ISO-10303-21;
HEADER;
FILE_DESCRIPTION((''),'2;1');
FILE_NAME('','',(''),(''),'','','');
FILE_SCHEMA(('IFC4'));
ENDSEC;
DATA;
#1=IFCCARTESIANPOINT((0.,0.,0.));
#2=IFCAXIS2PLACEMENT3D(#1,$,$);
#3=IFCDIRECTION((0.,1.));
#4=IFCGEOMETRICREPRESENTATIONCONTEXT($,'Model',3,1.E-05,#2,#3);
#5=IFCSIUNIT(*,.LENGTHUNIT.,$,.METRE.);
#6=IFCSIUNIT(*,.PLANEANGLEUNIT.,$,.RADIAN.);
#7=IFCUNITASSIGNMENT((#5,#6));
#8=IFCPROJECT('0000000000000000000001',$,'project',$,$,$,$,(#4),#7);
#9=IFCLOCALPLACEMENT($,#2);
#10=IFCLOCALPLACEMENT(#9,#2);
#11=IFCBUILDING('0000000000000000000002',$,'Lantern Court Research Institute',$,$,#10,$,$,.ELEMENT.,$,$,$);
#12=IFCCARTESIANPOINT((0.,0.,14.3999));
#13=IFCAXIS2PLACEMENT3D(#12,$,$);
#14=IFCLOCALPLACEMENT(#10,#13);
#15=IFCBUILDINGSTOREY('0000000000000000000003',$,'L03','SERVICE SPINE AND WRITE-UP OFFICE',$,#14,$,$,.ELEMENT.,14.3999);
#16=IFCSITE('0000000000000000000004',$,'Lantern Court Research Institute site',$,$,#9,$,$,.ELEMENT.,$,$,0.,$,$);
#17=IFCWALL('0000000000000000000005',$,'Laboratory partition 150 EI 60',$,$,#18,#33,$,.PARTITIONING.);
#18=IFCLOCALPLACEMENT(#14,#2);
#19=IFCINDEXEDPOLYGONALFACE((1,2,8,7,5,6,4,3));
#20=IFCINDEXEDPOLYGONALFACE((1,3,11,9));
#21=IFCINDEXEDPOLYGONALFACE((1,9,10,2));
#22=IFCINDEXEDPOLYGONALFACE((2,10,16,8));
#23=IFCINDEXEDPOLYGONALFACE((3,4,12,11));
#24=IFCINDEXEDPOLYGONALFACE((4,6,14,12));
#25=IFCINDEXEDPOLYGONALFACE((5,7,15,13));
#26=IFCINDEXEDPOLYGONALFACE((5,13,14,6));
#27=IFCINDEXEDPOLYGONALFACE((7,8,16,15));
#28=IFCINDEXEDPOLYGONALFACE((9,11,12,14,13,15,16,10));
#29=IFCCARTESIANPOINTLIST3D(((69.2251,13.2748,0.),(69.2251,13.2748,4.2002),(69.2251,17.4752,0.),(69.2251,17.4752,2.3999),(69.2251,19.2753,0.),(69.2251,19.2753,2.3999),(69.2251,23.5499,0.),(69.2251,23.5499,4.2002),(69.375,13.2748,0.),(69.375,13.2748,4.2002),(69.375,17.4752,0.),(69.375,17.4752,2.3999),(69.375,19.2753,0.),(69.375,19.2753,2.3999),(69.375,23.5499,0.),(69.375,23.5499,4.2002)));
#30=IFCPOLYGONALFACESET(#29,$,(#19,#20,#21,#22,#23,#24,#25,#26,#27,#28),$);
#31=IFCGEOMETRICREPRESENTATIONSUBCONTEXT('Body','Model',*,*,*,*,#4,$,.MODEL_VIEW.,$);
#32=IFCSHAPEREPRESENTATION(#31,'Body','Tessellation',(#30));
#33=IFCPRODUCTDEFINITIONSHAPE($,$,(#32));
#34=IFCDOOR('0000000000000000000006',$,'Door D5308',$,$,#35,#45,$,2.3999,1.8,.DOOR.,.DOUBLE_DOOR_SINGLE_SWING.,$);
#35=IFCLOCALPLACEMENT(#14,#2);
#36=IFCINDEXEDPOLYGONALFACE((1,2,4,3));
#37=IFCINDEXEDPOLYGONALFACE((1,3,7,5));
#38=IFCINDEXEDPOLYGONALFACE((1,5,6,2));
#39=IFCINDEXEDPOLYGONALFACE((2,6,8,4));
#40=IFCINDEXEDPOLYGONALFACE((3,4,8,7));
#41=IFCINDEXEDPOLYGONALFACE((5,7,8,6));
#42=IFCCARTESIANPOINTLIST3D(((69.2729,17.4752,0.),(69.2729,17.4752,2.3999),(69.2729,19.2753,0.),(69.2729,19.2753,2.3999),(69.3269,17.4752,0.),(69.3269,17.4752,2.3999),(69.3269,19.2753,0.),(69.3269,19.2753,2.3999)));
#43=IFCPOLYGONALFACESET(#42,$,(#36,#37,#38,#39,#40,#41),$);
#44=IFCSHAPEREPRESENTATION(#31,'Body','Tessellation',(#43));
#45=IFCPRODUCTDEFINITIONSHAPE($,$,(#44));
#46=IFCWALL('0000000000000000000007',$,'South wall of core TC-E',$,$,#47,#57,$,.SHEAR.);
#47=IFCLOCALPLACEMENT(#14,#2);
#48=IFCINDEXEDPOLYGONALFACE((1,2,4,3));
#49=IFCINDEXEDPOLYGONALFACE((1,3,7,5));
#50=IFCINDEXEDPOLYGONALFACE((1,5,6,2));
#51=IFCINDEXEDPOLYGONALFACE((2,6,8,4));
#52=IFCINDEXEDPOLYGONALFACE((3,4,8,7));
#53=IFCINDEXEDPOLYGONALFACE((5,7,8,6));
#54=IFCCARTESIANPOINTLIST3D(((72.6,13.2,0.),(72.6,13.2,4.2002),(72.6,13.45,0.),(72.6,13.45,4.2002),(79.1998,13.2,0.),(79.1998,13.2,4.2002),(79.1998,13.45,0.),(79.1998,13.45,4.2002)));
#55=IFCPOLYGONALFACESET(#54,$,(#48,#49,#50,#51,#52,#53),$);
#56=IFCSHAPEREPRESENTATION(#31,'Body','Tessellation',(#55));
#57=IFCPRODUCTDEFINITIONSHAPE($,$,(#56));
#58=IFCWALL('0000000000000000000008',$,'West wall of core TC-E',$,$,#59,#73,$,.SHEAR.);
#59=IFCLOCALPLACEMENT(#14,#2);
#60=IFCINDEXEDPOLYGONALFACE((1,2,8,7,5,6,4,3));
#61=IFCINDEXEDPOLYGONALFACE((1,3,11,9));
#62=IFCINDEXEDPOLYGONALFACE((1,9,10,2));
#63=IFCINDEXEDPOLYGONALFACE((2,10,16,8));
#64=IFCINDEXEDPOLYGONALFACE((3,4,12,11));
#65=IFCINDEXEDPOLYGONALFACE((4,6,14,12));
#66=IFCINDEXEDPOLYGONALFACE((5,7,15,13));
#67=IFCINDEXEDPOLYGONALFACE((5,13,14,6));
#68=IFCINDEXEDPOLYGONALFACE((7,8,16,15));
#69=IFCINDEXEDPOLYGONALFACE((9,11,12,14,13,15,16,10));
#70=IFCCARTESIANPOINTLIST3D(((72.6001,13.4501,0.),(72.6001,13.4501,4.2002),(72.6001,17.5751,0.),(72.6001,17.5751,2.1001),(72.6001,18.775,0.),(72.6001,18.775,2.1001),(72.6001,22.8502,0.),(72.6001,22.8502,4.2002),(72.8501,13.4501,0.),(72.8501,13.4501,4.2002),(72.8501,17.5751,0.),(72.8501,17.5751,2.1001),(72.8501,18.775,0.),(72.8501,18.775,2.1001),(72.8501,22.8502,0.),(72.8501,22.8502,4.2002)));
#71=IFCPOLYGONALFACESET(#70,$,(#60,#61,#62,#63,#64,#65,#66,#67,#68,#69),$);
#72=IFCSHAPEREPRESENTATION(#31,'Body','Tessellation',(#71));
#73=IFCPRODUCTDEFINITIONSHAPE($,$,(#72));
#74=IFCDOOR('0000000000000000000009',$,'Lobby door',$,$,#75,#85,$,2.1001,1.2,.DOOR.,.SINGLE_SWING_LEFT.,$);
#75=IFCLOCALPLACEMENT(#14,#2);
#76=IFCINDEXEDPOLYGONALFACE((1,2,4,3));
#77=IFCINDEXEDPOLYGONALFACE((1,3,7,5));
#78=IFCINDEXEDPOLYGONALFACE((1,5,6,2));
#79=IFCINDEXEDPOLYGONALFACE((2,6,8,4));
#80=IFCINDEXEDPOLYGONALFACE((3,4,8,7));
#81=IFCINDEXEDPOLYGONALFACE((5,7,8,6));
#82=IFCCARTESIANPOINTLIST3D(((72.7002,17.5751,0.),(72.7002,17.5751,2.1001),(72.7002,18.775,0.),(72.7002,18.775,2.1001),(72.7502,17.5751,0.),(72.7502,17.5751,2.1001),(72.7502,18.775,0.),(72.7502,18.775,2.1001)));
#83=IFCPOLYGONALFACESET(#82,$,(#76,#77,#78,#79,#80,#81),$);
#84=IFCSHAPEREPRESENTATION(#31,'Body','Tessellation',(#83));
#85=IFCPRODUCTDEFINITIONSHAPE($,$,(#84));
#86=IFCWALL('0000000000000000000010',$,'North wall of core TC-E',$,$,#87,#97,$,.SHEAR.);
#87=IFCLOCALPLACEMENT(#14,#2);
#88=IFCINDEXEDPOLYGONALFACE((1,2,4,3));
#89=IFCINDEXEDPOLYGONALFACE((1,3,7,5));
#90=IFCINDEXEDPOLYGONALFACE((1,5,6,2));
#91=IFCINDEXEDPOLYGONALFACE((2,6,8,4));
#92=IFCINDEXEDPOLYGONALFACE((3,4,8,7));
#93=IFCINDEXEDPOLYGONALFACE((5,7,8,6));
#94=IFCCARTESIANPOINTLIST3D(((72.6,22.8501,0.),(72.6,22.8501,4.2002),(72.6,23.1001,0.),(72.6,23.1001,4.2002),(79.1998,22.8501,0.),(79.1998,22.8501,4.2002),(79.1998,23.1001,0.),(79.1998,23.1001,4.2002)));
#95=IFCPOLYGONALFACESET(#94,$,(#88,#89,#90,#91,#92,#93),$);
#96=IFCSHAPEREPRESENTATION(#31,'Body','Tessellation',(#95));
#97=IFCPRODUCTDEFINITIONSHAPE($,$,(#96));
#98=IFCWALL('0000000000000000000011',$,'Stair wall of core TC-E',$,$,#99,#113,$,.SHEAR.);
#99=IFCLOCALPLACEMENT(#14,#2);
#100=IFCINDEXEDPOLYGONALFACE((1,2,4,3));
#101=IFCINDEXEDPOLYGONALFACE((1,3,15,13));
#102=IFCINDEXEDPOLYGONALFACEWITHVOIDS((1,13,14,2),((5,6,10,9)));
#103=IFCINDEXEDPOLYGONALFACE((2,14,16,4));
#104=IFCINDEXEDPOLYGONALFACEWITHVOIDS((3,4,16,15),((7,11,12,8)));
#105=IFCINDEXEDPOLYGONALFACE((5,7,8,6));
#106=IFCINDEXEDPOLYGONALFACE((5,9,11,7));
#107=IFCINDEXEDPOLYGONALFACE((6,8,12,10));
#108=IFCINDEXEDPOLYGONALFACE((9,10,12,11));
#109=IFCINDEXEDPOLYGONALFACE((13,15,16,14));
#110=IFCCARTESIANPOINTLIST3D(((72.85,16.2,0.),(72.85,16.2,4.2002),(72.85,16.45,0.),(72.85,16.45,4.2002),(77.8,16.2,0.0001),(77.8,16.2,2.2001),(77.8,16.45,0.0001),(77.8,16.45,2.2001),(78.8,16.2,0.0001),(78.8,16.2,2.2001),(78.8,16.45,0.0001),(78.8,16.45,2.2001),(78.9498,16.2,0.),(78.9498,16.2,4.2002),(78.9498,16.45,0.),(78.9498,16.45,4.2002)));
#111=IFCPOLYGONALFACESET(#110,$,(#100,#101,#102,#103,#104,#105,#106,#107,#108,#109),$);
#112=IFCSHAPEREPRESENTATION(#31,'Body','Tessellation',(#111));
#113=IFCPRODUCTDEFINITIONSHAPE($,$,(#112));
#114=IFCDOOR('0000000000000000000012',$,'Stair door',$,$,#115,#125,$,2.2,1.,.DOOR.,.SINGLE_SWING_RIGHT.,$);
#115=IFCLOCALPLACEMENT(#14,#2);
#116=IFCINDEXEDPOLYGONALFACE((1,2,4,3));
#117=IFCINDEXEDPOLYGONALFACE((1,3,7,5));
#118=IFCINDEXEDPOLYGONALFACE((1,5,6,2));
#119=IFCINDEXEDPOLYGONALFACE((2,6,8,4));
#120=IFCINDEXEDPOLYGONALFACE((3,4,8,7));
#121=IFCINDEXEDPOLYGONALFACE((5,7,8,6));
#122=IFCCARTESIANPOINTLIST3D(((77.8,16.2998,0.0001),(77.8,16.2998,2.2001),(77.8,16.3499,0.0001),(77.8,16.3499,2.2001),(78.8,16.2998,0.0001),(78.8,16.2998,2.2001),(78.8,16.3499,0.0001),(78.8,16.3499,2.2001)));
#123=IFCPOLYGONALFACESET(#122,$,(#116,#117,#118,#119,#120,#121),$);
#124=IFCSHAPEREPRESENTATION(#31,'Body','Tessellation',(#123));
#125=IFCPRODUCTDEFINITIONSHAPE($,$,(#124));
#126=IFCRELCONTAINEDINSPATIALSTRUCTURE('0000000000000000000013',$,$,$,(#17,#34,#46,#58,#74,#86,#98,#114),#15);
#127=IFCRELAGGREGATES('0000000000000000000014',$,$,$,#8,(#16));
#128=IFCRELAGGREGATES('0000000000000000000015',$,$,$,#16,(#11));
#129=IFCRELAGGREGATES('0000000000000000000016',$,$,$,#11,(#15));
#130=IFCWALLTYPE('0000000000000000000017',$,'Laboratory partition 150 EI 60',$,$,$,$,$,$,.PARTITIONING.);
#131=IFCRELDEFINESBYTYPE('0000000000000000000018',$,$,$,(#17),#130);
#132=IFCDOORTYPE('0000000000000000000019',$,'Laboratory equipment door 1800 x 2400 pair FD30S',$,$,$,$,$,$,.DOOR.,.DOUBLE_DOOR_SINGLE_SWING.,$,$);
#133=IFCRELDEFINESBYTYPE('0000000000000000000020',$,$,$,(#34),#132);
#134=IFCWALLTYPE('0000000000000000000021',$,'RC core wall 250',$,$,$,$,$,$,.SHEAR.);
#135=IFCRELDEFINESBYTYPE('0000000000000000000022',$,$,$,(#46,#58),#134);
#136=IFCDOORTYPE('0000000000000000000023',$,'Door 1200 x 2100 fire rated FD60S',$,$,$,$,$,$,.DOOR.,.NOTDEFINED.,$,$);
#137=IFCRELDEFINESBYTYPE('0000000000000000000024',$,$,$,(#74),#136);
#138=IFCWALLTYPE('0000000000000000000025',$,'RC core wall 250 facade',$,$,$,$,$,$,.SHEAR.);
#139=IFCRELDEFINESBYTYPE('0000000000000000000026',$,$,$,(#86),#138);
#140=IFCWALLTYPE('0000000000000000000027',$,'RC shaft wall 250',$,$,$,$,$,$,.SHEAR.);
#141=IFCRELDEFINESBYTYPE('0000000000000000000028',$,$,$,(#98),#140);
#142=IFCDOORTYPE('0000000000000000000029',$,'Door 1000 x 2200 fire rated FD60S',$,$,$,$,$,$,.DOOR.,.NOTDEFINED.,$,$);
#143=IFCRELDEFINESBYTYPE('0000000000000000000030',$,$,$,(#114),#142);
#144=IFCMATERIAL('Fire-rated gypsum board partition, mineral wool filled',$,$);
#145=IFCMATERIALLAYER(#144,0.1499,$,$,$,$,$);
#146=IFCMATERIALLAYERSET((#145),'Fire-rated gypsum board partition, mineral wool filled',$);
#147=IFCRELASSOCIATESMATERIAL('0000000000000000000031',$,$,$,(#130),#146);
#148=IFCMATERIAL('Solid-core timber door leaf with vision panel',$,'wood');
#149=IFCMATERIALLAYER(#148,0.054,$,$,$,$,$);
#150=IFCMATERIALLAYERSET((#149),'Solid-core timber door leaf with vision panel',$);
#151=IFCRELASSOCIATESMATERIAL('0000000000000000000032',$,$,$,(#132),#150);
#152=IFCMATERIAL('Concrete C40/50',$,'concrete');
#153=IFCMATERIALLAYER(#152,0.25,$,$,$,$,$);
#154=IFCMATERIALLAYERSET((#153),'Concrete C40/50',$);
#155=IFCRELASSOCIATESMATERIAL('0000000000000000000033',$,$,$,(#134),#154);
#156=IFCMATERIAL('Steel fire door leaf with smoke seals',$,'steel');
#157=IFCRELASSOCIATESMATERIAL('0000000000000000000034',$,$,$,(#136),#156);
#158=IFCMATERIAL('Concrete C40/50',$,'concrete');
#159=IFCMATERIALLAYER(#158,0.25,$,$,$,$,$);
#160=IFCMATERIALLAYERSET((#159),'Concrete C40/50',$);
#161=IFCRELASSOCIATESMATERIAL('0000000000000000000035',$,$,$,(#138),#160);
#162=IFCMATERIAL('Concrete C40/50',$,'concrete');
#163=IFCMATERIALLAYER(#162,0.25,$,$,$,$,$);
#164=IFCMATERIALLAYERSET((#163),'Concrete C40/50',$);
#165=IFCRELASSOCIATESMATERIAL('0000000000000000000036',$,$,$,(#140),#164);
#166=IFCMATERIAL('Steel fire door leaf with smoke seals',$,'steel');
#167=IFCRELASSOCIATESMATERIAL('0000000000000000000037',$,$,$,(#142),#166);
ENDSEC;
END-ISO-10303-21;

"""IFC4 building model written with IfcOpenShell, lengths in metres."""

from ifc_helpers import new_model, si_unit, direction, frame, frame_2d, origin, place, context, subcontext, project, spatial, rectangle, extrude, material, layer, layer_set, type_object, element, fill, save


model = new_model("IFC4")

# Units and contexts
model_context = context("Model", 3, precision=1e-05, world=origin(), true_north=direction((0.0, 1.0)))
body_context = subcontext(model_context, "Body", "Model", "MODEL_VIEW")
ifc_project = project(units=[si_unit("LENGTHUNIT", "METRE"), si_unit("PLANEANGLEUNIT", "RADIAN")], contexts=[model_context])

# Site, building, storey
site_placement = place(None, origin())
site = spatial("IfcSite", under=ifc_project, at=site_placement, Name="Lantern Court Research Institute site", CompositionType="ELEMENT", RefElevation=0.0)
building_placement = place(site_placement, origin())
building = spatial("IfcBuilding", under=site, at=building_placement, Name="Lantern Court Research Institute", CompositionType="ELEMENT")
storey_placement = place(building_placement, frame((0.0, 0.0, 14.3999)))
storey = spatial("IfcBuildingStorey", under=building, at=storey_placement, Name="L03", Description="SERVICE SPINE AND WRITE-UP OFFICE", CompositionType="ELEMENT", Elevation=14.3999)

# Shared definitions
ifc_material_1 = material(Name="Fire-rated gypsum board partition, mineral wool filled")
ifc_layer_1 = layer(ifc_material_1, 0.1499)
ifc_layer_set_1 = layer_set([ifc_layer_1], Name="Fire-rated gypsum board partition, mineral wool filled")
wall_type_1 = type_object("IfcWallType", Name="Laboratory partition 150 EI 60", PredefinedType="PARTITIONING", material=ifc_layer_set_1)

# Wall, opening, door
wall_1_placement = place(storey_placement, frame((69.3, 23.55, 0.0), z_axis=(0.0, 0.0, 1.0), x_axis=(0.0, -1.0, 0.0)))
wall_1 = element("IfcWall", 1, at=wall_1_placement, inside=storey, type_object=wall_type_1, Name="Laboratory partition 150 EI 60", PredefinedType="PARTITIONING", context=body_context, shape_type="SweptSolid", body=[
    extrude(rectangle(XDim=10.2751, YDim=0.1499, at=frame_2d((5.1377, 0.0))), origin(), (0.0, 0.0, 1.0), 4.2002),
])
opening_1_placement = place(wall_1_placement, frame((4.2749, 0.0, 0.0)))
opening_1 = element("IfcOpeningElement", 2, at=opening_1_placement, cuts=wall_1, PredefinedType="OPENING", context=body_context, shape_type="SweptSolid", body=[
    extrude(rectangle(XDim=1.8, YDim=2.3999, at=frame_2d((0.8999, 1.2))), frame((0.0, 0.085, 0.0), z_axis=(0.0, -1.0, 0.0), x_axis=(1.0, 0.0, 0.0)), (0.0, 0.0, 1.0), 0.1699),
])
ifc_material_2 = material(Name="Solid-core timber door leaf with vision panel", Category="wood")
ifc_layer_2 = layer(ifc_material_2, 0.054)
ifc_layer_set_2 = layer_set([ifc_layer_2], Name="Solid-core timber door leaf with vision panel")
door_type_1 = type_object("IfcDoorType", Name="Laboratory equipment door 1800 x 2400 pair FD30S", OperationType="DOUBLE_DOOR_SINGLE_SWING", PredefinedType="DOOR", material=ifc_layer_set_2)
door_1_placement = place(opening_1_placement, origin())
door_1 = element("IfcDoor", 3, at=door_1_placement, inside=storey, type_object=door_type_1, Name="Door D5308", OperationType="DOUBLE_DOOR_SINGLE_SWING", OverallHeight=2.3999, OverallWidth=1.8, PredefinedType="DOOR", context=body_context, shape_type="SweptSolid", body=[
    extrude(rectangle(XDim=1.8, YDim=2.3999, at=frame_2d((0.8999, 1.2))), frame((0.0, 0.0269, 0.0), z_axis=(0.0, -1.0, 0.0), x_axis=(1.0, 0.0, 0.0)), (0.0, 0.0, 1.0), 0.054),
])
fill(opening_1, door_1)

# Wall
ifc_material_3 = material(Name="Concrete C40/50", Category="concrete")
ifc_layer_3 = layer(ifc_material_3, 0.25)
ifc_layer_set_3 = layer_set([ifc_layer_3], Name="Concrete C40/50")
wall_type_2 = type_object("IfcWallType", Name="RC core wall 250", PredefinedType="SHEAR", material=ifc_layer_set_3)
wall_2_placement = place(storey_placement, frame((72.6001, 13.325, 0.0), z_axis=(0.0, 0.0, 1.0), x_axis=(1.0, 0.0, 0.0)))
element("IfcWall", 4, at=wall_2_placement, inside=storey, type_object=wall_type_2, Name="South wall of core TC-E", PredefinedType="SHEAR", context=body_context, shape_type="SweptSolid", body=[
    extrude(rectangle(XDim=6.5999, YDim=0.25, at=frame_2d((3.2998, 0.0))), origin(), (0.0, 0.0, 1.0), 4.2002),
])

# Wall, opening, door
wall_3_placement = place(storey_placement, frame((72.7251, 13.45, 0.0), z_axis=(0.0, 0.0, 1.0), x_axis=(0.0, 1.0, 0.0)))
wall_3 = element("IfcWall", 5, at=wall_3_placement, inside=storey, type_object=wall_type_2, Name="West wall of core TC-E", PredefinedType="SHEAR", context=body_context, shape_type="SweptSolid", body=[
    extrude(rectangle(XDim=9.4001, YDim=0.25, at=frame_2d((4.7002, 0.0))), origin(), (0.0, 0.0, 1.0), 4.2002),
])
opening_2_placement = place(wall_3_placement, frame((4.125, 0.0, 0.0)))
opening_2 = element("IfcOpeningElement", 6, at=opening_2_placement, cuts=wall_3, PredefinedType="OPENING", context=body_context, shape_type="SweptSolid", body=[
    extrude(rectangle(XDim=1.2, YDim=2.1001, at=frame_2d((0.6001, 1.05))), frame((0.0, 0.135, 0.0), z_axis=(0.0, -1.0, 0.0), x_axis=(1.0, 0.0, 0.0)), (0.0, 0.0, 1.0), 0.27),
])
ifc_material_4 = material(Name="Steel fire door leaf with smoke seals", Category="steel")
door_type_2 = type_object("IfcDoorType", Name="Door 1200 x 2100 fire rated FD60S", OperationType="NOTDEFINED", PredefinedType="DOOR", material=ifc_material_4)
door_2_placement = place(opening_2_placement, origin())
door_2 = element("IfcDoor", 7, at=door_2_placement, inside=storey, type_object=door_type_2, Name="Lobby door", OperationType="SINGLE_SWING_LEFT", OverallHeight=2.1001, OverallWidth=1.2, PredefinedType="DOOR", context=body_context, shape_type="SweptSolid", body=[
    extrude(rectangle(XDim=1.2, YDim=2.1001, at=frame_2d((0.6001, 1.05))), frame((0.0, 0.0249, 0.0), z_axis=(0.0, -1.0, 0.0), x_axis=(1.0, 0.0, 0.0)), (0.0, 0.0, 1.0), 0.05),
])
fill(opening_2, door_2)

# Wall
ifc_material_5 = material(Name="Concrete C40/50", Category="concrete")
ifc_layer_4 = layer(ifc_material_5, 0.25)
ifc_layer_set_4 = layer_set([ifc_layer_4], Name="Concrete C40/50")
wall_type_3 = type_object("IfcWallType", Name="RC core wall 250 facade", PredefinedType="SHEAR", material=ifc_layer_set_4)
wall_4_placement = place(storey_placement, frame((72.6001, 22.9751, 0.0), z_axis=(0.0, 0.0, 1.0), x_axis=(1.0, 0.0, 0.0)))
element("IfcWall", 8, at=wall_4_placement, inside=storey, type_object=wall_type_3, Name="North wall of core TC-E", PredefinedType="SHEAR", context=body_context, shape_type="SweptSolid", body=[
    extrude(rectangle(XDim=6.5999, YDim=0.25, at=frame_2d((3.2998, 0.0))), origin(), (0.0, 0.0, 1.0), 4.2002),
])

# Wall, opening, door
ifc_material_6 = material(Name="Concrete C40/50", Category="concrete")
ifc_layer_5 = layer(ifc_material_6, 0.25)
ifc_layer_set_5 = layer_set([ifc_layer_5], Name="Concrete C40/50")
wall_type_4 = type_object("IfcWallType", Name="RC shaft wall 250", PredefinedType="SHEAR", material=ifc_layer_set_5)
wall_5_placement = place(storey_placement, frame((72.8501, 16.325, 0.0), z_axis=(0.0, 0.0, 1.0), x_axis=(1.0, 0.0, 0.0)))
wall_5 = element("IfcWall", 9, at=wall_5_placement, inside=storey, type_object=wall_type_4, Name="Stair wall of core TC-E", PredefinedType="SHEAR", context=body_context, shape_type="SweptSolid", body=[
    extrude(rectangle(XDim=6.0999, YDim=0.25, at=frame_2d((3.0498, 0.0))), origin(), (0.0, 0.0, 1.0), 4.2002),
])
opening_3_placement = place(wall_5_placement, frame((4.95, 0.0, 0.0)))
opening_3 = element("IfcOpeningElement", 10, at=opening_3_placement, cuts=wall_5, PredefinedType="OPENING", context=body_context, shape_type="SweptSolid", body=[
    extrude(rectangle(XDim=1.0, YDim=2.2, at=frame_2d((0.5, 1.1001))), frame((0.0, 0.135, 0.0), z_axis=(0.0, -1.0, 0.0), x_axis=(1.0, 0.0, 0.0)), (0.0, 0.0, 1.0), 0.27),
])
ifc_material_7 = material(Name="Steel fire door leaf with smoke seals", Category="steel")
door_type_3 = type_object("IfcDoorType", Name="Door 1000 x 2200 fire rated FD60S", OperationType="NOTDEFINED", PredefinedType="DOOR", material=ifc_material_7)
door_3_placement = place(opening_3_placement, origin())
door_3 = element("IfcDoor", 11, at=door_3_placement, inside=storey, type_object=door_type_3, Name="Stair door", OperationType="SINGLE_SWING_RIGHT", OverallHeight=2.2, OverallWidth=1.0, PredefinedType="DOOR", context=body_context, shape_type="SweptSolid", body=[
    extrude(rectangle(XDim=1.0, YDim=2.2, at=frame_2d((0.5, 1.1001))), frame((0.0, 0.0249, 0.0), z_axis=(0.0, -1.0, 0.0), x_axis=(1.0, 0.0, 0.0)), (0.0, 0.0, 1.0), 0.05),
])
fill(opening_3, door_3)

save(model, "model.ifc")
